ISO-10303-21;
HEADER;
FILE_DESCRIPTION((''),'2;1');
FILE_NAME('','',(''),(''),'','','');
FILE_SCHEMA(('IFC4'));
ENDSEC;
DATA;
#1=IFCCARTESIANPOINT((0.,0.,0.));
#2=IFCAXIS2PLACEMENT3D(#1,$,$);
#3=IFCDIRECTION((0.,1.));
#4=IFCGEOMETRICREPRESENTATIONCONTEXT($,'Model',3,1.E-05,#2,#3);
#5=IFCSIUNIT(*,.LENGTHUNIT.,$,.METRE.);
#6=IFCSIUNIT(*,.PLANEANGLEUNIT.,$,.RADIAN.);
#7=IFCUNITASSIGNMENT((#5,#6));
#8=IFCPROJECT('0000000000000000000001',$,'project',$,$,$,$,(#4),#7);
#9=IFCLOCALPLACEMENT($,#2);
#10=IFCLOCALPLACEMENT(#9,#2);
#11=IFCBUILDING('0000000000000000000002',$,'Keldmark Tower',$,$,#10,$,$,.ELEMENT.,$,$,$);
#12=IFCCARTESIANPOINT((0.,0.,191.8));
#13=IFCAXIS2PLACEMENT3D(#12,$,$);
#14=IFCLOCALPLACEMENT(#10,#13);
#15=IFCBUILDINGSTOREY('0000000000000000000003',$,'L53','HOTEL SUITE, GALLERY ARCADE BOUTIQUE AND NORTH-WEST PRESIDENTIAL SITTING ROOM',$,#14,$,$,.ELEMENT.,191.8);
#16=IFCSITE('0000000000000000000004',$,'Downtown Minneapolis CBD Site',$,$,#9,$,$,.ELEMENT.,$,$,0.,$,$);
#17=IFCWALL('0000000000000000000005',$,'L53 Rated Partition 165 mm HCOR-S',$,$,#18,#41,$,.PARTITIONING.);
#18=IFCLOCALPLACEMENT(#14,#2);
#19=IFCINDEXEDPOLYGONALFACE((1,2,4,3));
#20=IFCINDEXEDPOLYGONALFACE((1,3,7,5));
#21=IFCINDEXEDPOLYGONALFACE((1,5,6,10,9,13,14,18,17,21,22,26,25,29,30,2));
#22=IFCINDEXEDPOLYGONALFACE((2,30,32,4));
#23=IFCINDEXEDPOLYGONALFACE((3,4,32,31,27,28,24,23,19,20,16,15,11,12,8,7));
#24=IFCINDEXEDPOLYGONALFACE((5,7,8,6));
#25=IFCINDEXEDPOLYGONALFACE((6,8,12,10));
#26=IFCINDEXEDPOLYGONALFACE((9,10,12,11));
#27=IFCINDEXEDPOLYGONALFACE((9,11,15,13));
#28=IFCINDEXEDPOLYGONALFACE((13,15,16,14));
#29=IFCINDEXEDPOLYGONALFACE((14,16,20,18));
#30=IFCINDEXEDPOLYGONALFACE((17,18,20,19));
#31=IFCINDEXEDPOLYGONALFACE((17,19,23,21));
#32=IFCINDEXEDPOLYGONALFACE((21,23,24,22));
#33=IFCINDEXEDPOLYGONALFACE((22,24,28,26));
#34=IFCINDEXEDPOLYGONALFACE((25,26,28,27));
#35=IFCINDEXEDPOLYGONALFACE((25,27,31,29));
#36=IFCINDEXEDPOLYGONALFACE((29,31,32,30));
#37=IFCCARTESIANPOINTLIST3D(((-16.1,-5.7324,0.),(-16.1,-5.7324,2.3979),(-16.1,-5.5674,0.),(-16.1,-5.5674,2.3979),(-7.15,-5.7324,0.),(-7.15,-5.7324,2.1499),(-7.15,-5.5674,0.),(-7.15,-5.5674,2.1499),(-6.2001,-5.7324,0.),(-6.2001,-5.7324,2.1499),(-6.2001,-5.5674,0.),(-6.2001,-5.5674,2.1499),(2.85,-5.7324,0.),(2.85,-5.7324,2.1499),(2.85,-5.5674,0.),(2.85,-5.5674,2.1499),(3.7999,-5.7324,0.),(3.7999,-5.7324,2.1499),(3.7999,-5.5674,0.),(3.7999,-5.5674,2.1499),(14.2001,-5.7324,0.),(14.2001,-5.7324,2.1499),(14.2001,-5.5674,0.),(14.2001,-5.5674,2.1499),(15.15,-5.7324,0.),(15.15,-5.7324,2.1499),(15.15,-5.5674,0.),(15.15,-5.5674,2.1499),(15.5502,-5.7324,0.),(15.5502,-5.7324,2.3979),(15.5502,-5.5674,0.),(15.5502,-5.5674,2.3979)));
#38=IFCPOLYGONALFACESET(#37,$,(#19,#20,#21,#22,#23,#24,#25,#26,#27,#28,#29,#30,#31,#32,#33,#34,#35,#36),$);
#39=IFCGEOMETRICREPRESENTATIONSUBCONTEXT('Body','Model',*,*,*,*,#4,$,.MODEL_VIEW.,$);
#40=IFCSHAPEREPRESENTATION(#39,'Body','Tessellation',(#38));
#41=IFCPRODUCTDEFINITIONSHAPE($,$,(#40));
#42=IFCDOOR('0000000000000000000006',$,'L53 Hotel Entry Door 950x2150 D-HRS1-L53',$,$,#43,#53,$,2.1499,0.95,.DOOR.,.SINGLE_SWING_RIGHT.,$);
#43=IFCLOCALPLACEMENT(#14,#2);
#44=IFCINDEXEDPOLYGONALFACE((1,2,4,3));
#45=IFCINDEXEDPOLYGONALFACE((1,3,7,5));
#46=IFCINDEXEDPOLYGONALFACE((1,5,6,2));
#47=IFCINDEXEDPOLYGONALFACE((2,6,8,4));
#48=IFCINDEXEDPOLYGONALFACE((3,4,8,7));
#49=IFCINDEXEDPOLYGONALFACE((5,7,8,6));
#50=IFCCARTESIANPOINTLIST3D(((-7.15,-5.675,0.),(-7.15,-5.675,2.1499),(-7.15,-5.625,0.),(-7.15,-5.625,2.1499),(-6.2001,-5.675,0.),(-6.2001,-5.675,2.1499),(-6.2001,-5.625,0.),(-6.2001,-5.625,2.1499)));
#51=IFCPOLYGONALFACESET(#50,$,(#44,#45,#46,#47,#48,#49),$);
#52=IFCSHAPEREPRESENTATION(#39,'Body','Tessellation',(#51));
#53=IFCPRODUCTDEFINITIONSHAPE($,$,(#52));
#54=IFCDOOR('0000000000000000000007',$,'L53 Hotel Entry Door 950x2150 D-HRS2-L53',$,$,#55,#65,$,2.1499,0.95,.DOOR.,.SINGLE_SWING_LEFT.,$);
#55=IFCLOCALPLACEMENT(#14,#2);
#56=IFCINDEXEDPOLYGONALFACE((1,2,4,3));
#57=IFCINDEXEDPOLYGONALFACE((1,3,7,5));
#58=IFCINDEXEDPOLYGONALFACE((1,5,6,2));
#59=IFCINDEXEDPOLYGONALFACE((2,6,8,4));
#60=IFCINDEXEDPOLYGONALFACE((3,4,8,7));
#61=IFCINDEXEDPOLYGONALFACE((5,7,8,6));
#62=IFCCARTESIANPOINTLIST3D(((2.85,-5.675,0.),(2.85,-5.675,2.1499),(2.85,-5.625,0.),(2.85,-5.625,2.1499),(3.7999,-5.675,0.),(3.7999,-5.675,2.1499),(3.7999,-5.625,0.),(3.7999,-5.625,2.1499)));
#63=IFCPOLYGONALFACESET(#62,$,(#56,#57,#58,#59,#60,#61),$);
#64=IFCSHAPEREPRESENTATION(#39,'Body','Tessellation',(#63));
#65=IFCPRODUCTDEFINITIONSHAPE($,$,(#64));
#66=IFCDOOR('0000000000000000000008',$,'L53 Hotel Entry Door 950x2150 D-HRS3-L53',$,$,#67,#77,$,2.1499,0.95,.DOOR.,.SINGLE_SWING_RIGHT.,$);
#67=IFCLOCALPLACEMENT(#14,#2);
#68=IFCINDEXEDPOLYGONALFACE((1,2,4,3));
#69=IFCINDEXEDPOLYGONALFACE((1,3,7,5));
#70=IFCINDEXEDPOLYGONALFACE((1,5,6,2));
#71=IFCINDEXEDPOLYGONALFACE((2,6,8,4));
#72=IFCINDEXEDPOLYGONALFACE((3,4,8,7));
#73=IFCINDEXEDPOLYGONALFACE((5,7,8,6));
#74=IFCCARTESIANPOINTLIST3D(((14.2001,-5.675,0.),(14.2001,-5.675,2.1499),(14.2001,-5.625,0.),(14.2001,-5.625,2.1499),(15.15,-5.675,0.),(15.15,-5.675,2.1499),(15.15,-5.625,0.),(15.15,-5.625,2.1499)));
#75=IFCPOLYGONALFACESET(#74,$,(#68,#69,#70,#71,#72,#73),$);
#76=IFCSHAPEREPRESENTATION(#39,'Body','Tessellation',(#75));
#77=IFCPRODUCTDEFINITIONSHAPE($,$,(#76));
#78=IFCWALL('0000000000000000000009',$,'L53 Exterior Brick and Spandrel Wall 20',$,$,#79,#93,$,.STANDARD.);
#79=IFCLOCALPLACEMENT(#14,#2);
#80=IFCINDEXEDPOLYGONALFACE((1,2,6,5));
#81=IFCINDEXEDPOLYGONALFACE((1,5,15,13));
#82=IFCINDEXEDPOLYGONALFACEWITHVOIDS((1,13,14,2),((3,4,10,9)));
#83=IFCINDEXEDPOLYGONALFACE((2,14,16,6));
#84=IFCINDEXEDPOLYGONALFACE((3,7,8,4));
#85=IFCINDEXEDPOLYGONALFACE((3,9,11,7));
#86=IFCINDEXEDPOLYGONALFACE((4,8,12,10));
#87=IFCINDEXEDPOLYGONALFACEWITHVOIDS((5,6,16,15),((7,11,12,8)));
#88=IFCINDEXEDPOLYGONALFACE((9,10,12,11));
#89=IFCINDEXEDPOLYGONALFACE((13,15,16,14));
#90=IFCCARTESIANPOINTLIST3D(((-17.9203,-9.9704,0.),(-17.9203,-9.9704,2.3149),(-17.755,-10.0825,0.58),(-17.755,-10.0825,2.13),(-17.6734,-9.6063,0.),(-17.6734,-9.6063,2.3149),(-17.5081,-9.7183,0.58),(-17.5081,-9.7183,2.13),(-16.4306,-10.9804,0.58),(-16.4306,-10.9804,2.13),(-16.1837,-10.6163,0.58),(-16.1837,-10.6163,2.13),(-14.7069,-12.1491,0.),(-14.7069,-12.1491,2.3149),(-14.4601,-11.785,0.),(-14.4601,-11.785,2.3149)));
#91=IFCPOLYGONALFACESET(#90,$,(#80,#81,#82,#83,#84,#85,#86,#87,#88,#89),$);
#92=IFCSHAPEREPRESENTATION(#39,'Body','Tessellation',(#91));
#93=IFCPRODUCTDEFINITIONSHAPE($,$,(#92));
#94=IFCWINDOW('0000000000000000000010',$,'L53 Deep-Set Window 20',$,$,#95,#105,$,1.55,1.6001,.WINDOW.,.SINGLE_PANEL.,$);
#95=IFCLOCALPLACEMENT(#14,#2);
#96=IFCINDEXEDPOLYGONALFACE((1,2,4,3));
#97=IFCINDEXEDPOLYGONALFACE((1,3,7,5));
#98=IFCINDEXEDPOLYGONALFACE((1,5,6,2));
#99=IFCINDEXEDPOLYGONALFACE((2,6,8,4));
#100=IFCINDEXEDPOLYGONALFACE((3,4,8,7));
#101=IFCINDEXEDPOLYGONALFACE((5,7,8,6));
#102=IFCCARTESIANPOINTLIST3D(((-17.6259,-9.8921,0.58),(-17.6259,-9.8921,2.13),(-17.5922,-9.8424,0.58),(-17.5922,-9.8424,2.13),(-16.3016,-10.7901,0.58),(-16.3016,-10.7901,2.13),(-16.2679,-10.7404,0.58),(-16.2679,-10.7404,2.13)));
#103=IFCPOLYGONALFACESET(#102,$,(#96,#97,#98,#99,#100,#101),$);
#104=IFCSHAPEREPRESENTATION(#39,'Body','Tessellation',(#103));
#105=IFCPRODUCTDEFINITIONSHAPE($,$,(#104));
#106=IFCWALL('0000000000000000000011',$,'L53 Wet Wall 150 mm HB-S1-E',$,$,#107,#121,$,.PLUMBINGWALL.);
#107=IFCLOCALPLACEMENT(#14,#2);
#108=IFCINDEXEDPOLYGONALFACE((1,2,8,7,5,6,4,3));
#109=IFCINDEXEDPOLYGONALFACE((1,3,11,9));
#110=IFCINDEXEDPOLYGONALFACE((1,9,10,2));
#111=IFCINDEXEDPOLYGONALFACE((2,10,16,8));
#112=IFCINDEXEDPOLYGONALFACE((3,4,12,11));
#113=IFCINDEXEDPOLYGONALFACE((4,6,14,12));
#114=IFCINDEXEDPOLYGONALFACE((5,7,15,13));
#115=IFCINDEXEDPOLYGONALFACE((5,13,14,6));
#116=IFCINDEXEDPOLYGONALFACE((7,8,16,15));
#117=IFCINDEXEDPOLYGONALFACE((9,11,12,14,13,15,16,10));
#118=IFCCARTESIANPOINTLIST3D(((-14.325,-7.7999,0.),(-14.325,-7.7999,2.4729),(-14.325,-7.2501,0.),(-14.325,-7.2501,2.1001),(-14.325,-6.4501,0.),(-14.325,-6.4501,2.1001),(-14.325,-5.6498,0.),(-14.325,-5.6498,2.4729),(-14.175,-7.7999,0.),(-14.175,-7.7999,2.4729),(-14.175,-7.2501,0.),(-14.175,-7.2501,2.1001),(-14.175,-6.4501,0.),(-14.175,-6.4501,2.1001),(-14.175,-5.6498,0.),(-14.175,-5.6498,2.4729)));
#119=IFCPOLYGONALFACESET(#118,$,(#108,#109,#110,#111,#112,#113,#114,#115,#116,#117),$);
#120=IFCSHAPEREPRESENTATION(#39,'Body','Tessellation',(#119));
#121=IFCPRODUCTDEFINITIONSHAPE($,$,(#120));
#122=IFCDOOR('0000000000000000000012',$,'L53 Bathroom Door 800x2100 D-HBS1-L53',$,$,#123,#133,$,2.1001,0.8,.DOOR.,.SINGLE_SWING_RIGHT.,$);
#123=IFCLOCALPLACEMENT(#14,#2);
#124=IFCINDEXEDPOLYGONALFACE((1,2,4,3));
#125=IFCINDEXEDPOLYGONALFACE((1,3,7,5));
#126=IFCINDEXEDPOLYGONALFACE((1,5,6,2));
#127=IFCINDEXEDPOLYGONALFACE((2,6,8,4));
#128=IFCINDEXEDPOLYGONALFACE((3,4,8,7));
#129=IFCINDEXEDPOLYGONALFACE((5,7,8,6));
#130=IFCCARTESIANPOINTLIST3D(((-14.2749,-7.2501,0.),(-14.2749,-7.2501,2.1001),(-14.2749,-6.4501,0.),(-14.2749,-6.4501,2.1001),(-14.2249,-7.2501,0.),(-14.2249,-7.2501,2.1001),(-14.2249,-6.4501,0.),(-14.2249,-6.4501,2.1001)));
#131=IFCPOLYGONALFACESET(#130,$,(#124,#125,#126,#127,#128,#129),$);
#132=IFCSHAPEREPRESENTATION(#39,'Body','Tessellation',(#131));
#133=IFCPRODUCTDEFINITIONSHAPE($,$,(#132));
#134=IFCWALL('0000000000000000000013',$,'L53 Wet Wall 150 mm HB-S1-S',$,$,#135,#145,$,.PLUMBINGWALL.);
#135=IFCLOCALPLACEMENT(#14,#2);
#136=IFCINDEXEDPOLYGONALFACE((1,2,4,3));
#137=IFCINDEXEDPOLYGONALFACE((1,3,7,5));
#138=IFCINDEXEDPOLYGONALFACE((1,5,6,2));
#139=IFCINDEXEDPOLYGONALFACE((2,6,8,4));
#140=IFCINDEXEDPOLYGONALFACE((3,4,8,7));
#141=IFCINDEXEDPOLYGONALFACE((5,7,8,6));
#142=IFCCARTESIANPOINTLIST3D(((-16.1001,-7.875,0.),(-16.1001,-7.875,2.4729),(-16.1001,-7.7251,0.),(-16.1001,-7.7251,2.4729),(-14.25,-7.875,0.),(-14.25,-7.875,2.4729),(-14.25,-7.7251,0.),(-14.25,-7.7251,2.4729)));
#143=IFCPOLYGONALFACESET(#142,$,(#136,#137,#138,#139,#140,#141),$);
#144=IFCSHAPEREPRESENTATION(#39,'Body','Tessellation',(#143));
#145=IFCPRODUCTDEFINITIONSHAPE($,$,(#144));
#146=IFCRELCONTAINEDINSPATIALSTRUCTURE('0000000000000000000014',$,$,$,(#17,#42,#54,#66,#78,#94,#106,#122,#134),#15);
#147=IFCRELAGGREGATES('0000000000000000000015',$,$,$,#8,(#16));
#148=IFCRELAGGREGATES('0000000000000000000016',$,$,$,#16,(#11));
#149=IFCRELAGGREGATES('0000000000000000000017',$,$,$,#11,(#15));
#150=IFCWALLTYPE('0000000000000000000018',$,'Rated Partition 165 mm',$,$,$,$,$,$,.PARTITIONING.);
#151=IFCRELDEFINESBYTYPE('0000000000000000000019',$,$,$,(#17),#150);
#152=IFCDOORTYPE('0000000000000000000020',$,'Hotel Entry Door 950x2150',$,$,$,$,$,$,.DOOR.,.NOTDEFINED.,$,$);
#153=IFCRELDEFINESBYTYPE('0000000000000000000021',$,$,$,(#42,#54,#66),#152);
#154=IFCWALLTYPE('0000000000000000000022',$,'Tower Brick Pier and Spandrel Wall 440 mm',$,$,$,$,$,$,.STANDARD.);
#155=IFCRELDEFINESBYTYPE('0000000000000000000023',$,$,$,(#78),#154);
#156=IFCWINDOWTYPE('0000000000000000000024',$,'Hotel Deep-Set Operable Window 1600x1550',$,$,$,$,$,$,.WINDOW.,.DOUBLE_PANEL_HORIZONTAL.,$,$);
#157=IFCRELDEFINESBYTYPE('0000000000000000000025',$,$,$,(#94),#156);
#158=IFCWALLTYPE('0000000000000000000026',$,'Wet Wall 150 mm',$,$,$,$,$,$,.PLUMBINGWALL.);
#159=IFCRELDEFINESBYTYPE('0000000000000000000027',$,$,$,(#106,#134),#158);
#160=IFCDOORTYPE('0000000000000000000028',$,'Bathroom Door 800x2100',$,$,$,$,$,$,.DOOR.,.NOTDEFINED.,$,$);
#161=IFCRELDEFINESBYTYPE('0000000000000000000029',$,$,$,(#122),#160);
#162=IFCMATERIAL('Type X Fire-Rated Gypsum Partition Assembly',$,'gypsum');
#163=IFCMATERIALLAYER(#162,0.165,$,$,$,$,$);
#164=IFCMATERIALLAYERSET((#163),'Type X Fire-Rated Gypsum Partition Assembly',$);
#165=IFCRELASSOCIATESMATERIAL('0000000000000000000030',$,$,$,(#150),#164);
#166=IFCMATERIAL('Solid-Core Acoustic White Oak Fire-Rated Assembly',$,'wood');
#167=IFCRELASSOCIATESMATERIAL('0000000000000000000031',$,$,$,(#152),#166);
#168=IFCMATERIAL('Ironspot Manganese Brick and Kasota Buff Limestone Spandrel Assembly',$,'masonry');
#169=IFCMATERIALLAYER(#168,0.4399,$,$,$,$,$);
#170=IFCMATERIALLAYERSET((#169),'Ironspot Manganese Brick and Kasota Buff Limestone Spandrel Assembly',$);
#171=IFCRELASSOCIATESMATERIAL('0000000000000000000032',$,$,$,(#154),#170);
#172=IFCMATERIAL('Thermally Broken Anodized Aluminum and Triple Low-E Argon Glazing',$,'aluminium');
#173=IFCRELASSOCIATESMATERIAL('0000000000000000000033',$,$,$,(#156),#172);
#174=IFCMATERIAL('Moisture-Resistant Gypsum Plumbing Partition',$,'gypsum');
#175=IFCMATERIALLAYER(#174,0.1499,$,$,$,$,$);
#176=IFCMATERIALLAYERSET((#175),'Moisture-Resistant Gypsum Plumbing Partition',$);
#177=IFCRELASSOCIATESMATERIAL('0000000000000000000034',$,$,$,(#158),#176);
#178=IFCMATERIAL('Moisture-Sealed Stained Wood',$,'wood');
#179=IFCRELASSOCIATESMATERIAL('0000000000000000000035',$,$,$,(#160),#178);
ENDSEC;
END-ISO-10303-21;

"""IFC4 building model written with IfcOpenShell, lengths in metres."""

from ifc_helpers import new_model, si_unit, direction, frame, frame_2d, origin, place, context, subcontext, project, spatial, rectangle, extrude, material, layer, layer_set, type_object, element, fill, save


model = new_model("IFC4")

# Units and contexts
model_context = context("Model", 3, precision=1e-05, world=origin(), true_north=direction((0.0, 1.0)))
body_context = subcontext(model_context, "Body", "Model", "MODEL_VIEW")
ifc_project = project(units=[si_unit("LENGTHUNIT", "METRE"), si_unit("PLANEANGLEUNIT", "RADIAN")], contexts=[model_context])

# Site, building, storey
site_placement = place(None, origin())
site = spatial("IfcSite", under=ifc_project, at=site_placement, Name="Downtown Minneapolis CBD Site", CompositionType="ELEMENT", RefElevation=0.0)
building_placement = place(site_placement, origin())
building = spatial("IfcBuilding", under=site, at=building_placement, Name="Keldmark Tower", CompositionType="ELEMENT")
storey_placement = place(building_placement, frame((0.0, 0.0, 191.8)))
storey = spatial("IfcBuildingStorey", under=building, at=storey_placement, Name="L53", Description="HOTEL SUITE, GALLERY ARCADE BOUTIQUE AND NORTH-WEST PRESIDENTIAL SITTING ROOM", CompositionType="ELEMENT", Elevation=191.8)

# Wall, openings, doors
ifc_material_1 = material(Name="Type X Fire-Rated Gypsum Partition Assembly", Category="gypsum")
ifc_layer_1 = layer(ifc_material_1, 0.165)
ifc_layer_set_1 = layer_set([ifc_layer_1], Name="Type X Fire-Rated Gypsum Partition Assembly")
wall_type_1 = type_object("IfcWallType", Name="Rated Partition 165 mm", PredefinedType="PARTITIONING", material=ifc_layer_set_1)
wall_1_placement = place(storey_placement, frame((-16.1001, -5.6499, 0.0), z_axis=(0.0, 0.0, 1.0), x_axis=(1.0, 0.0, 0.0)))
wall_1 = element("IfcWall", 1, at=wall_1_placement, inside=storey, type_object=wall_type_1, Name="L53 Rated Partition 165 mm HCOR-S", PredefinedType="PARTITIONING", context=body_context, shape_type="SweptSolid", body=[
    extrude(rectangle(XDim=31.6501, YDim=0.165, at=frame_2d((15.8252, 0.0))), origin(), (0.0, 0.0, 1.0), 2.3979),
])
opening_1_placement = place(wall_1_placement, frame((8.95, 0.0, 0.0)))
opening_1 = element("IfcOpeningElement", 2, at=opening_1_placement, cuts=wall_1, PredefinedType="OPENING", context=body_context, shape_type="SweptSolid", body=[
    extrude(rectangle(XDim=0.95, YDim=2.1499, at=frame_2d((0.4751, 1.075))), frame((0.0, 0.0925, 0.0), z_axis=(0.0, -1.0, 0.0), x_axis=(1.0, 0.0, 0.0)), (0.0, 0.0, 1.0), 0.1851),
])
opening_2_placement = place(wall_1_placement, frame((18.95, 0.0, 0.0)))
opening_2 = element("IfcOpeningElement", 3, at=opening_2_placement, cuts=wall_1, PredefinedType="OPENING", context=body_context, shape_type="SweptSolid", body=[
    extrude(rectangle(XDim=0.95, YDim=2.1499, at=frame_2d((0.4751, 1.075))), frame((0.0, 0.0925, 0.0), z_axis=(0.0, -1.0, 0.0), x_axis=(1.0, 0.0, 0.0)), (0.0, 0.0, 1.0), 0.1851),
])
opening_3_placement = place(wall_1_placement, frame((30.3, 0.0, 0.0)))
opening_3 = element("IfcOpeningElement", 4, at=opening_3_placement, cuts=wall_1, PredefinedType="OPENING", context=body_context, shape_type="SweptSolid", body=[
    extrude(rectangle(XDim=0.95, YDim=2.1499, at=frame_2d((0.4751, 1.075))), frame((0.0, 0.0925, 0.0), z_axis=(0.0, -1.0, 0.0), x_axis=(1.0, 0.0, 0.0)), (0.0, 0.0, 1.0), 0.1851),
])
ifc_material_2 = material(Name="Solid-Core Acoustic White Oak Fire-Rated Assembly", Category="wood")
door_type_1 = type_object("IfcDoorType", Name="Hotel Entry Door 950x2150", OperationType="NOTDEFINED", PredefinedType="DOOR", material=ifc_material_2)
door_1_placement = place(opening_1_placement, origin())
door_1 = element("IfcDoor", 5, at=door_1_placement, inside=storey, type_object=door_type_1, Name="L53 Hotel Entry Door 950x2150 D-HRS1-L53", OperationType="SINGLE_SWING_RIGHT", OverallHeight=2.1499, OverallWidth=0.95, PredefinedType="DOOR", context=body_context, shape_type="SweptSolid", body=[
    extrude(rectangle(XDim=0.95, YDim=2.1499, at=frame_2d((0.4751, 1.075))), frame((0.0, 0.0249, 0.0), z_axis=(0.0, -1.0, 0.0), x_axis=(1.0, 0.0, 0.0)), (0.0, 0.0, 1.0), 0.05),
])
fill(opening_1, door_1)
door_2_placement = place(opening_2_placement, origin())
door_2 = element("IfcDoor", 6, at=door_2_placement, inside=storey, type_object=door_type_1, Name="L53 Hotel Entry Door 950x2150 D-HRS2-L53", OperationType="SINGLE_SWING_LEFT", OverallHeight=2.1499, OverallWidth=0.95, PredefinedType="DOOR", context=body_context, shape_type="SweptSolid", body=[
    extrude(rectangle(XDim=0.95, YDim=2.1499, at=frame_2d((0.4751, 1.075))), frame((0.0, 0.0249, 0.0), z_axis=(0.0, -1.0, 0.0), x_axis=(1.0, 0.0, 0.0)), (0.0, 0.0, 1.0), 0.05),
])
fill(opening_2, door_2)
door_3_placement = place(opening_3_placement, origin())
door_3 = element("IfcDoor", 7, at=door_3_placement, inside=storey, type_object=door_type_1, Name="L53 Hotel Entry Door 950x2150 D-HRS3-L53", OperationType="SINGLE_SWING_RIGHT", OverallHeight=2.1499, OverallWidth=0.95, PredefinedType="DOOR", context=body_context, shape_type="SweptSolid", body=[
    extrude(rectangle(XDim=0.95, YDim=2.1499, at=frame_2d((0.4751, 1.075))), frame((0.0, 0.0249, 0.0), z_axis=(0.0, -1.0, 0.0), x_axis=(1.0, 0.0, 0.0)), (0.0, 0.0, 1.0), 0.05),
])
fill(opening_3, door_3)

# Wall, opening, window
ifc_material_3 = material(Name="Ironspot Manganese Brick and Kasota Buff Limestone Spandrel Assembly", Category="masonry")
ifc_layer_2 = layer(ifc_material_3, 0.4399)
ifc_layer_set_2 = layer_set([ifc_layer_2], Name="Ironspot Manganese Brick and Kasota Buff Limestone Spandrel Assembly")
wall_type_2 = type_object("IfcWallType", Name="Tower Brick Pier and Spandrel Wall 440 mm", PredefinedType="STANDARD", material=ifc_layer_set_2)
wall_2_placement = place(storey_placement, frame((-14.5835, -11.967, 0.0), z_axis=(0.0, 0.0, 1.0), x_axis=(-0.827691, 0.561185, 0.0)))
wall_2 = element("IfcWall", 8, at=wall_2_placement, inside=storey, type_object=wall_type_2, Name="L53 Exterior Brick and Spandrel Wall 20", PredefinedType="STANDARD", context=body_context, shape_type="SweptSolid", body=[
    extrude(rectangle(XDim=3.8823, YDim=0.4399, at=frame_2d((1.9412, 0.0))), origin(), (0.0, 0.0, 1.0), 2.3149),
])
opening_4_placement = place(wall_2_placement, frame((2.0825, 0.0, 0.5801)))
opening_4 = element("IfcOpeningElement", 9, at=opening_4_placement, cuts=wall_2, PredefinedType="OPENING", context=body_context, shape_type="SweptSolid", body=[
    extrude(rectangle(XDim=1.6001, YDim=1.55, at=frame_2d((0.8, 0.7749))), frame((0.0, 0.23, 0.0), z_axis=(0.0, -1.0, 0.0), x_axis=(1.0, 0.0, 0.0)), (0.0, 0.0, 1.0), 0.46),
])
ifc_material_4 = material(Name="Thermally Broken Anodized Aluminum and Triple Low-E Argon Glazing", Category="aluminium")
window_type = type_object("IfcWindowType", Name="Hotel Deep-Set Operable Window 1600x1550", PartitioningType="DOUBLE_PANEL_HORIZONTAL", PredefinedType="WINDOW", material=ifc_material_4)
window_placement = place(opening_4_placement, origin())
window = element("IfcWindow", 10, at=window_placement, inside=storey, type_object=window_type, Name="L53 Deep-Set Window 20", OverallHeight=1.55, OverallWidth=1.6001, PartitioningType="SINGLE_PANEL", PredefinedType="WINDOW", context=body_context, shape_type="SweptSolid", body=[
    extrude(rectangle(XDim=1.6001, YDim=1.55, at=frame_2d((0.8, 0.7749))), frame((0.0, -0.01, 0.0), z_axis=(0.0, -1.0, 0.0), x_axis=(1.0, 0.0, 0.0)), (0.0, 0.0, 1.0), 0.0601),
])
fill(opening_4, window)

# Wall, opening, door
ifc_material_5 = material(Name="Moisture-Resistant Gypsum Plumbing Partition", Category="gypsum")
ifc_layer_3 = layer(ifc_material_5, 0.1499)
ifc_layer_set_3 = layer_set([ifc_layer_3], Name="Moisture-Resistant Gypsum Plumbing Partition")
wall_type_3 = type_object("IfcWallType", Name="Wet Wall 150 mm", PredefinedType="PLUMBINGWALL", material=ifc_layer_set_3)
wall_3_placement = place(storey_placement, frame((-14.25, -7.8, 0.0), z_axis=(0.0, 0.0, 1.0), x_axis=(0.0, 1.0, 0.0)))
wall_3 = element("IfcWall", 11, at=wall_3_placement, inside=storey, type_object=wall_type_3, Name="L53 Wet Wall 150 mm HB-S1-E", PredefinedType="PLUMBINGWALL", context=body_context, shape_type="SweptSolid", body=[
    extrude(rectangle(XDim=2.1501, YDim=0.1499, at=frame_2d((1.0752, 0.0))), origin(), (0.0, 0.0, 1.0), 2.4729),
])
opening_5_placement = place(wall_3_placement, frame((0.55, 0.0, 0.0)))
opening_5 = element("IfcOpeningElement", 12, at=opening_5_placement, cuts=wall_3, PredefinedType="OPENING", context=body_context, shape_type="SweptSolid", body=[
    extrude(rectangle(XDim=0.8, YDim=2.1001, at=frame_2d((0.3999, 1.05))), frame((0.0, 0.085, 0.0), z_axis=(0.0, -1.0, 0.0), x_axis=(1.0, 0.0, 0.0)), (0.0, 0.0, 1.0), 0.1699),
])
ifc_material_6 = material(Name="Moisture-Sealed Stained Wood", Category="wood")
door_type_2 = type_object("IfcDoorType", Name="Bathroom Door 800x2100", OperationType="NOTDEFINED", PredefinedType="DOOR", material=ifc_material_6)
door_4_placement = place(opening_5_placement, origin())
door_4 = element("IfcDoor", 13, at=door_4_placement, inside=storey, type_object=door_type_2, Name="L53 Bathroom Door 800x2100 D-HBS1-L53", OperationType="SINGLE_SWING_RIGHT", OverallHeight=2.1001, OverallWidth=0.8, PredefinedType="DOOR", context=body_context, shape_type="SweptSolid", body=[
    extrude(rectangle(XDim=0.8, YDim=2.1001, at=frame_2d((0.3999, 1.05))), frame((0.0, 0.0249, 0.0), z_axis=(0.0, -1.0, 0.0), x_axis=(1.0, 0.0, 0.0)), (0.0, 0.0, 1.0), 0.05),
])
fill(opening_5, door_4)

# Wall
wall_4_placement = place(storey_placement, frame((-16.1001, -7.8, 0.0), z_axis=(0.0, 0.0, 1.0), x_axis=(1.0, 0.0, 0.0)))
element("IfcWall", 14, at=wall_4_placement, inside=storey, type_object=wall_type_3, Name="L53 Wet Wall 150 mm HB-S1-S", PredefinedType="PLUMBINGWALL", context=body_context, shape_type="SweptSolid", body=[
    extrude(rectangle(XDim=1.8501, YDim=0.1499, at=frame_2d((0.925, 0.0))), origin(), (0.0, 0.0, 1.0), 2.4729),
])

save(model, "model.ifc")
